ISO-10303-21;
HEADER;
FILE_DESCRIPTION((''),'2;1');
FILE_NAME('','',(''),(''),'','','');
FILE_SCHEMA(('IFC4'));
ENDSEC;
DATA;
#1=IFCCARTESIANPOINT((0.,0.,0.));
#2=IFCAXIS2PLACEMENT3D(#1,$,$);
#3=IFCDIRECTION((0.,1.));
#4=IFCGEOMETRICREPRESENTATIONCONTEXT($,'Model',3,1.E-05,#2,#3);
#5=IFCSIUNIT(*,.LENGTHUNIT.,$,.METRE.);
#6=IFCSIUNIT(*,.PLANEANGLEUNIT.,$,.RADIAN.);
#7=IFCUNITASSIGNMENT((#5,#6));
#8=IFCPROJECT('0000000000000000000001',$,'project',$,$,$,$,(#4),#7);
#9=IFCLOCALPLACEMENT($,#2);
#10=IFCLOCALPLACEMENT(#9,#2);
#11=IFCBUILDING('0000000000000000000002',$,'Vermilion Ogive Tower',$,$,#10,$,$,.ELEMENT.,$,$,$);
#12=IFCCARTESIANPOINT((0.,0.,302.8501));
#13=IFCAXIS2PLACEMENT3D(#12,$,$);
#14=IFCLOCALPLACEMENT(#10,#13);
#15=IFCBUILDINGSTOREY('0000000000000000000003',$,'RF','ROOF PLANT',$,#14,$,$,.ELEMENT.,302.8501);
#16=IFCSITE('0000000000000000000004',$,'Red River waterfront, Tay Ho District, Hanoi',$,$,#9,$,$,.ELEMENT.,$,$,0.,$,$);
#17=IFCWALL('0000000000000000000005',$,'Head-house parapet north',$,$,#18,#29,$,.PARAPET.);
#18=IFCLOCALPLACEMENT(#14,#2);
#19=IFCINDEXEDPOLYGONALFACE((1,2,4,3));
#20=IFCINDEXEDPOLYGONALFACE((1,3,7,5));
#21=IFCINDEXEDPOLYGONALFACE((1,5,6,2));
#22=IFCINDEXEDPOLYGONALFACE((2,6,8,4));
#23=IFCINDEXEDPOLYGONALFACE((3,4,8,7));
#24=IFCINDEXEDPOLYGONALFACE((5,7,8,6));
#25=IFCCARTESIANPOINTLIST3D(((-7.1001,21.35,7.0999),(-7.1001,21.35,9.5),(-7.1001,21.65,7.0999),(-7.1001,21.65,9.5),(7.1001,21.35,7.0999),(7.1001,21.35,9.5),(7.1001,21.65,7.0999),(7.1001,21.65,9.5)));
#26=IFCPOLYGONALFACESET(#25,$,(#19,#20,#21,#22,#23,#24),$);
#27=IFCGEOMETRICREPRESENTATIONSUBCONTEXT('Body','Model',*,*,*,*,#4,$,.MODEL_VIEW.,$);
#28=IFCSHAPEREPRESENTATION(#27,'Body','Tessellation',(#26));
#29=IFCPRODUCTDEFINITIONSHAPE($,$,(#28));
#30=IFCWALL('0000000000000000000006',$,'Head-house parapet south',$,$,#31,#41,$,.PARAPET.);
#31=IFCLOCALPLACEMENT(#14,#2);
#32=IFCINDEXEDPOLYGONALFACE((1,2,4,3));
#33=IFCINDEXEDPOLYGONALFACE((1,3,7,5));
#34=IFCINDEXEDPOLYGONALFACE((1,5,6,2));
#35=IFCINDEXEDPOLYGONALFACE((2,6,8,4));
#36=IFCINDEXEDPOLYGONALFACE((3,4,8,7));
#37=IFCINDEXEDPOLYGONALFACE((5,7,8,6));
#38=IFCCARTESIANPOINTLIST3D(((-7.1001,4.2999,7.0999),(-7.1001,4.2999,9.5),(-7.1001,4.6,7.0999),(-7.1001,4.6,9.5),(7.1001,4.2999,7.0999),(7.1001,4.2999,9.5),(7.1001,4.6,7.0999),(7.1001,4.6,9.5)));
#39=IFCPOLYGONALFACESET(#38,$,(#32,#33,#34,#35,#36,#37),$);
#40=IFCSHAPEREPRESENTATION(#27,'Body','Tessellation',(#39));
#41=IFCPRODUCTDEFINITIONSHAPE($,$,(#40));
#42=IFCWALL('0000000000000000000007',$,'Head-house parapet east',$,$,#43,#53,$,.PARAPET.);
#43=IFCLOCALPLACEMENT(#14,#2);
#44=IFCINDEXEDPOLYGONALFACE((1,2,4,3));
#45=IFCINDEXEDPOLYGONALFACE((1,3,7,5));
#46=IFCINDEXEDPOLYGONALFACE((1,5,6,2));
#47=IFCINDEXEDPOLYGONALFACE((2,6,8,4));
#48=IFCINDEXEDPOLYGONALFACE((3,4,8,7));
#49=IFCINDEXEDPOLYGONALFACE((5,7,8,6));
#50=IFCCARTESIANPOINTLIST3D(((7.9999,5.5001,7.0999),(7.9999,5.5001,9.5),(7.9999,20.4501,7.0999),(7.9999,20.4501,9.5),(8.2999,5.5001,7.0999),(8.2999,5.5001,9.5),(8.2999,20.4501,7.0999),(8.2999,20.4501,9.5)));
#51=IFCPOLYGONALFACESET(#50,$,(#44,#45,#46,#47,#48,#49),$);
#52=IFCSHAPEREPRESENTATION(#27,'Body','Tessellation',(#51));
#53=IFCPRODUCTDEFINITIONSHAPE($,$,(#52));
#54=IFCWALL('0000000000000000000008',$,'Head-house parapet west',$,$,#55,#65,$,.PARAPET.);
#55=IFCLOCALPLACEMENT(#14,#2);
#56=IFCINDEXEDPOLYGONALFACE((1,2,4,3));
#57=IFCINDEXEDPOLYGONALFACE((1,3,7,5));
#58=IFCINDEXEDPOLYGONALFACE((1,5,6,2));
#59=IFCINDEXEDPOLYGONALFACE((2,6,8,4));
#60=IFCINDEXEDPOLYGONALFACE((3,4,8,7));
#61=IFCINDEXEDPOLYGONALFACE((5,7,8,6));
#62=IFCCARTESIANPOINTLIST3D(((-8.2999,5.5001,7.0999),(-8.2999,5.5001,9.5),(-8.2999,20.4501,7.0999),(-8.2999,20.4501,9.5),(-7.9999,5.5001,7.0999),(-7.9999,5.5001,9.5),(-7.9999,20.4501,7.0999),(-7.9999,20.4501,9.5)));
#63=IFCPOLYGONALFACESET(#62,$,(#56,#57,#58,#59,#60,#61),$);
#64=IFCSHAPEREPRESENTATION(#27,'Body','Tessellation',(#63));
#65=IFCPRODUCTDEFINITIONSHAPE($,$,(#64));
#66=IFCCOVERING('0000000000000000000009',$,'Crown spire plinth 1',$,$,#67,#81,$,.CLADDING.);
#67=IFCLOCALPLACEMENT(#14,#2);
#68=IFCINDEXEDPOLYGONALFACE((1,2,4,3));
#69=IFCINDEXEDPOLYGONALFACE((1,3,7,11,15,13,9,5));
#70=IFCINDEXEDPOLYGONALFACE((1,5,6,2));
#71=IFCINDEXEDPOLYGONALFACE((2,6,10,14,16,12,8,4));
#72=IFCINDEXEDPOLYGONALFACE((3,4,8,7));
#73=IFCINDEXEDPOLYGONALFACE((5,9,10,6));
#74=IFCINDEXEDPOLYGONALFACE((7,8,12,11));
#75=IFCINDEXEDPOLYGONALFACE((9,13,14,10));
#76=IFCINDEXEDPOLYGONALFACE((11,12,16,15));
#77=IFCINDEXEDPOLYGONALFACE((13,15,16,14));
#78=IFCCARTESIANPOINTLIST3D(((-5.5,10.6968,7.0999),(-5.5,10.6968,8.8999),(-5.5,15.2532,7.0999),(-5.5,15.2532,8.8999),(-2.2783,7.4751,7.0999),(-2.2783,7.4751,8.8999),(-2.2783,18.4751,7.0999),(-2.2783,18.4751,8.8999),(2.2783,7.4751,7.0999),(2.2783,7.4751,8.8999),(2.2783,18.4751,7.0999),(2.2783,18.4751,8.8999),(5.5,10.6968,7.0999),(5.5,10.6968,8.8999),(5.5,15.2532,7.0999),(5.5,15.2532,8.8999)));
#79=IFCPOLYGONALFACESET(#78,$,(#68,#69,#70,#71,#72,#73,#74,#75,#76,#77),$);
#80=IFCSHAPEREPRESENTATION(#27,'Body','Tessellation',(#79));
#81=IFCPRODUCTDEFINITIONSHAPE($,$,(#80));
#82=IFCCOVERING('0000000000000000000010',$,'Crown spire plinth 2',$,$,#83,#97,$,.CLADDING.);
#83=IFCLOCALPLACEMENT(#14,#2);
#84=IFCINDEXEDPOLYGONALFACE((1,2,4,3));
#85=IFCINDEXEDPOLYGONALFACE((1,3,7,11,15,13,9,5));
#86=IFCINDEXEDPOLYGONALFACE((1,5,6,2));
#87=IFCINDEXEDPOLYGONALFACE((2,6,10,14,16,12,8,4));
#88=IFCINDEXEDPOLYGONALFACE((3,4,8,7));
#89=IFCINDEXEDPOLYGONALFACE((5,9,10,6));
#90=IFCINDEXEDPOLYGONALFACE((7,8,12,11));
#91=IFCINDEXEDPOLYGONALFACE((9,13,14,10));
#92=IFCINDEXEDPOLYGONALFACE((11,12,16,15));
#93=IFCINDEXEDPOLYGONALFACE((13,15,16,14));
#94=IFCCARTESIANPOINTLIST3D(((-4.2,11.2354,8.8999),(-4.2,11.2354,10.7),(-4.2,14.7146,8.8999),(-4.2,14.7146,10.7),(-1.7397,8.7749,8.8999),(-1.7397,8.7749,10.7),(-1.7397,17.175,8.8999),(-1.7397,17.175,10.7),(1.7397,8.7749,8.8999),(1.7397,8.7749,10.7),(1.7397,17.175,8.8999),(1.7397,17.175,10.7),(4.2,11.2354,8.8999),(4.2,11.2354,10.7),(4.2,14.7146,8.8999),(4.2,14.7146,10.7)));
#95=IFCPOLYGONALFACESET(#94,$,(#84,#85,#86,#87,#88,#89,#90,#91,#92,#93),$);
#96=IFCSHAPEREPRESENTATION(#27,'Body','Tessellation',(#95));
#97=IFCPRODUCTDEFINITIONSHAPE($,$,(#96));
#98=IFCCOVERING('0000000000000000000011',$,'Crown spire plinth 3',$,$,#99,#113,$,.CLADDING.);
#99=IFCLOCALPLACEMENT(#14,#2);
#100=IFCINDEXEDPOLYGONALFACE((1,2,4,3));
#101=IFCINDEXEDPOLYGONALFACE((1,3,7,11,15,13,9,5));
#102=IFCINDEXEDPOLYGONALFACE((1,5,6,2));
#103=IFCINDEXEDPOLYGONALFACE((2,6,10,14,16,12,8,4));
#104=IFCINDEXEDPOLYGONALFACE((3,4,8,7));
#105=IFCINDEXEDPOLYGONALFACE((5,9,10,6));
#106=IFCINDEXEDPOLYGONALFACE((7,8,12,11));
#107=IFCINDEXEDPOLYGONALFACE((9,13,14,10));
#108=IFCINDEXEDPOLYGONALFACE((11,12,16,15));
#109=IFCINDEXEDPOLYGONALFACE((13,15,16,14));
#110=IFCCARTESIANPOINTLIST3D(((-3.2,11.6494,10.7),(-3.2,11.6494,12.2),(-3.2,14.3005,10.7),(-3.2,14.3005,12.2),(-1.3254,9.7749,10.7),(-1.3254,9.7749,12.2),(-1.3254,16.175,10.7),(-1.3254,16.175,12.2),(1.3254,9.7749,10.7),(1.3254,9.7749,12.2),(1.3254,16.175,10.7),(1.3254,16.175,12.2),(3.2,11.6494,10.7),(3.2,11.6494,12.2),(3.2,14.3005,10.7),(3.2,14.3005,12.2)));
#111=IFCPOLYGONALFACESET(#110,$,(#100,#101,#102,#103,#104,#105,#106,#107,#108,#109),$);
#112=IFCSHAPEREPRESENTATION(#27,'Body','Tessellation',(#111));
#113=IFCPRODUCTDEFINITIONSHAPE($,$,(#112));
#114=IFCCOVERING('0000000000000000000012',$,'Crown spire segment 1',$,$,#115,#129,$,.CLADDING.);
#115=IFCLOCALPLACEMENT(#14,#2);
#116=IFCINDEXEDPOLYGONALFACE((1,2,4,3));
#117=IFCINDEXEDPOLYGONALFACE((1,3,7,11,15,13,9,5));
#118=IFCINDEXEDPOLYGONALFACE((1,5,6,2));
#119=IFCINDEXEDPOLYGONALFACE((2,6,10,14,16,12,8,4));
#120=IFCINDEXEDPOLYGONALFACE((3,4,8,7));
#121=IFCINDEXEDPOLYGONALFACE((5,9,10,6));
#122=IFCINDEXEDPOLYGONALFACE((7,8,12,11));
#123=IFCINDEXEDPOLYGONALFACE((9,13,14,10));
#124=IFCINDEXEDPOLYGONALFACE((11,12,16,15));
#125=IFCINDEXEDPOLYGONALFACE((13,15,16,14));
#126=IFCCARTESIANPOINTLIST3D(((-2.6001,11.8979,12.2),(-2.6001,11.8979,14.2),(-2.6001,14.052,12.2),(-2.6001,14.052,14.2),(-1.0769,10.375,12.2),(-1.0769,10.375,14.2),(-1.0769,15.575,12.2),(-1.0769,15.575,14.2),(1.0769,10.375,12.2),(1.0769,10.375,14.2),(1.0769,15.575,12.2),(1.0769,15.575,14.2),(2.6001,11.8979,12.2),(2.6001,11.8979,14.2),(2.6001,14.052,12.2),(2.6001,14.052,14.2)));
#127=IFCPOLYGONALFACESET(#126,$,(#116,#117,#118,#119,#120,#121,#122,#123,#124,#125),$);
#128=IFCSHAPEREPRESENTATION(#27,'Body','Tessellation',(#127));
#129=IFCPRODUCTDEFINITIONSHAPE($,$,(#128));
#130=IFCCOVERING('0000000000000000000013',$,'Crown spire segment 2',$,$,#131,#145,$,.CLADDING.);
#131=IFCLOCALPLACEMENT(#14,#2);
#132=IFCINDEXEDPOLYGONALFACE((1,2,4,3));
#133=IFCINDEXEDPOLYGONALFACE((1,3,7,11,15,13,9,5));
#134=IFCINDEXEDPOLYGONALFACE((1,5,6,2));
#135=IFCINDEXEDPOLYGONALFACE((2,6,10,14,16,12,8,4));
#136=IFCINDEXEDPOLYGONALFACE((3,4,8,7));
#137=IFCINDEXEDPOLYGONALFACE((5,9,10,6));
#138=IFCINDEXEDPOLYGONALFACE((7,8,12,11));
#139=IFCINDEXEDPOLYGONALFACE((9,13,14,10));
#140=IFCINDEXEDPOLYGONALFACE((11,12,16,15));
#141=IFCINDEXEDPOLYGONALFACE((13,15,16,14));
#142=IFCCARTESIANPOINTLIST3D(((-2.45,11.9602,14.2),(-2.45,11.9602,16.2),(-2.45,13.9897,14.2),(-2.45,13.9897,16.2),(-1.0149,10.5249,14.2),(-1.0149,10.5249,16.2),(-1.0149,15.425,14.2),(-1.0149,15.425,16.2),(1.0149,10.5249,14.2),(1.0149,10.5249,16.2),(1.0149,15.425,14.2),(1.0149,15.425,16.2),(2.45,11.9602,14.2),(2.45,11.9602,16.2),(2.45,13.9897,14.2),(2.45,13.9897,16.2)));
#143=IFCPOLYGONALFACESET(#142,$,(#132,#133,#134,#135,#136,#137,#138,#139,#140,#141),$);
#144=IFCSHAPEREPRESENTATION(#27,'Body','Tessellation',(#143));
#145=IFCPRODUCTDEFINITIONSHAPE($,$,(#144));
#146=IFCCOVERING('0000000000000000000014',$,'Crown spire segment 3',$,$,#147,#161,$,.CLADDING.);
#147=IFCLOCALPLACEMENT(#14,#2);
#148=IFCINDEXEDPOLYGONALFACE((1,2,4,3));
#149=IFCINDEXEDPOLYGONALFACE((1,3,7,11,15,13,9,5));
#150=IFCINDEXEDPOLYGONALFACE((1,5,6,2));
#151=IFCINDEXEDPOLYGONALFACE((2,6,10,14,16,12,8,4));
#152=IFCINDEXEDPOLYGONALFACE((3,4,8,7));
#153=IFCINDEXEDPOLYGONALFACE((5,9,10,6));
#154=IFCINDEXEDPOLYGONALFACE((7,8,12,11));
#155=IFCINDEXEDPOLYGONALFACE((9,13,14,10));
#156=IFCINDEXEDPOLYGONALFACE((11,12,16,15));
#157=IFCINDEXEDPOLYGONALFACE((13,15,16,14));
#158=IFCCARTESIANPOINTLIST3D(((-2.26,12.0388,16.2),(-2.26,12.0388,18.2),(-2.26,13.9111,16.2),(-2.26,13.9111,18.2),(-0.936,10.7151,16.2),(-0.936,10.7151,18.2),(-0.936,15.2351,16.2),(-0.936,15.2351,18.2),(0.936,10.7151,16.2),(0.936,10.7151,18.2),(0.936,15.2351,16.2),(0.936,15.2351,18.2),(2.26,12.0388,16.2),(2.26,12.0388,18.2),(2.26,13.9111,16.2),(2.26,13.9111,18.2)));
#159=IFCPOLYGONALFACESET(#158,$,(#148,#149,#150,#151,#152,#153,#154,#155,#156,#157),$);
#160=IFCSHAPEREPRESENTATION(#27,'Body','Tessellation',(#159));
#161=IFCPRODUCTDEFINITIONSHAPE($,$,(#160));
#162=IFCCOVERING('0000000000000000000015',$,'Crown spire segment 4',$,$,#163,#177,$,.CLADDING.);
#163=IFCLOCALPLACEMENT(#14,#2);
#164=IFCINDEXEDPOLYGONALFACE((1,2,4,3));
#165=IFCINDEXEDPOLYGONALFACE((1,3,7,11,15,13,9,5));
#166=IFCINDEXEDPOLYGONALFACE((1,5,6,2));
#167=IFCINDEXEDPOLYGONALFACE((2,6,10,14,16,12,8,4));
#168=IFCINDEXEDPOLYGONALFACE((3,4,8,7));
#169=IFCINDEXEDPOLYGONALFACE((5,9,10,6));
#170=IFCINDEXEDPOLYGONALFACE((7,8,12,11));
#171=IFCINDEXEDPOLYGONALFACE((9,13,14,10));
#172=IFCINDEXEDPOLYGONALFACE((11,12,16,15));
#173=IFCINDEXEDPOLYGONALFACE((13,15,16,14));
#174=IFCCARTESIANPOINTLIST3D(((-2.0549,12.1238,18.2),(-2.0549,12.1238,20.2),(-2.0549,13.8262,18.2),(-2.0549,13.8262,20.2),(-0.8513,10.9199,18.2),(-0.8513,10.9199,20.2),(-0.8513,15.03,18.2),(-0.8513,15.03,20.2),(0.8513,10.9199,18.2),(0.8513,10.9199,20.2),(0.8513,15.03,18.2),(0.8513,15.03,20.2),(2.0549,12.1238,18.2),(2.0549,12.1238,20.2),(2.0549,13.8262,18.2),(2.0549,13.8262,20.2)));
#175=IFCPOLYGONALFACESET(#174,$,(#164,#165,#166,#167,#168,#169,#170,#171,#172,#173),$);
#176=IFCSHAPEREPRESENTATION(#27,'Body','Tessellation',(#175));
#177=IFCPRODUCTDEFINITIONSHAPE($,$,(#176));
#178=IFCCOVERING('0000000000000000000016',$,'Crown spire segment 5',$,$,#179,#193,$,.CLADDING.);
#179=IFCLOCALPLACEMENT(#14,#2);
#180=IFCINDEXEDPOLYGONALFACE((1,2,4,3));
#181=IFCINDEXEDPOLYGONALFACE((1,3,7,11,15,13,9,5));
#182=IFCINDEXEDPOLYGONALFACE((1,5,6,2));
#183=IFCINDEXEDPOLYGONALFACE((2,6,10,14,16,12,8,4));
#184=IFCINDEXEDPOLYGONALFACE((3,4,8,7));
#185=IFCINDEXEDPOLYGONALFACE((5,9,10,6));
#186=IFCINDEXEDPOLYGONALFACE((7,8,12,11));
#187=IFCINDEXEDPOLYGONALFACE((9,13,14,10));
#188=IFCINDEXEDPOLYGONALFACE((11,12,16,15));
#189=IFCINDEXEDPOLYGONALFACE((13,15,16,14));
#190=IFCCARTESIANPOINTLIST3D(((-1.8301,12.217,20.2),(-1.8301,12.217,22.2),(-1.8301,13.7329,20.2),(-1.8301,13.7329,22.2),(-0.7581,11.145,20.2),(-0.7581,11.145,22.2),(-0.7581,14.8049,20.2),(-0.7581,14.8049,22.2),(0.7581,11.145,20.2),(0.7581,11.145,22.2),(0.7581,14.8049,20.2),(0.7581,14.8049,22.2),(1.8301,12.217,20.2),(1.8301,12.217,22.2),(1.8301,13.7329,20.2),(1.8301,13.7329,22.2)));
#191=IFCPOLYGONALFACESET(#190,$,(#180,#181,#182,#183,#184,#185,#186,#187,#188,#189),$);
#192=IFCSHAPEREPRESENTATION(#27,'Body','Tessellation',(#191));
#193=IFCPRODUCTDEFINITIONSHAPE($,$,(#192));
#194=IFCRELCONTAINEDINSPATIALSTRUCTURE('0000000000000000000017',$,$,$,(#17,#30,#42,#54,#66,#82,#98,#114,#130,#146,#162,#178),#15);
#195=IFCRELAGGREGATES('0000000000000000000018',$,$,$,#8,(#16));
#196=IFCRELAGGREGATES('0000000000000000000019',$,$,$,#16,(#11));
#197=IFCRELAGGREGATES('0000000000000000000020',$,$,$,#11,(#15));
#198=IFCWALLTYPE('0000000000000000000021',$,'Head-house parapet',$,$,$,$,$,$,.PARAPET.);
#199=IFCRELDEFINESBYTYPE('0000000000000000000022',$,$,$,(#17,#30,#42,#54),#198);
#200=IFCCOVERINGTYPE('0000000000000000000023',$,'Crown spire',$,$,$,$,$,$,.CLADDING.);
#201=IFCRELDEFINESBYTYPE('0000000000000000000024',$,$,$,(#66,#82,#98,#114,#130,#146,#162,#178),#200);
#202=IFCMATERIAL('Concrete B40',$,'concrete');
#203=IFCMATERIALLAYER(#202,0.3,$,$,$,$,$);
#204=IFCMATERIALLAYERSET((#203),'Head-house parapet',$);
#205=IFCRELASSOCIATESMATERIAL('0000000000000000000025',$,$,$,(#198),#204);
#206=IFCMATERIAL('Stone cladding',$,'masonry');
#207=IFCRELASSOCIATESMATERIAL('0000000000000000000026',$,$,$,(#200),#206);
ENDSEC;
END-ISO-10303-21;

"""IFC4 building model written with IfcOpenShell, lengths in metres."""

from ifc_helpers import new_model, si_unit, direction, frame, frame_2d, origin, place, context, subcontext, project, spatial, polyline, rectangle, outline, extrude, material, layer, layer_set, type_object, element, save


model = new_model("IFC4")

# Units and contexts
model_context = context("Model", 3, precision=1e-05, world=origin(), true_north=direction((0.0, 1.0)))
body_context = subcontext(model_context, "Body", "Model", "MODEL_VIEW")
ifc_project = project(units=[si_unit("LENGTHUNIT", "METRE"), si_unit("PLANEANGLEUNIT", "RADIAN")], contexts=[model_context])

# Site, building, storey
site_placement = place(None, origin())
site = spatial("IfcSite", under=ifc_project, at=site_placement, Name="Red River waterfront, Tay Ho District, Hanoi", CompositionType="ELEMENT", RefElevation=0.0)
building_placement = place(site_placement, origin())
building = spatial("IfcBuilding", under=site, at=building_placement, Name="Vermilion Ogive Tower", CompositionType="ELEMENT")
storey_placement = place(building_placement, frame((0.0, 0.0, 302.8501)))
storey = spatial("IfcBuildingStorey", under=building, at=storey_placement, Name="RF", Description="ROOF PLANT", CompositionType="ELEMENT", Elevation=302.8501)

# Walls
ifc_material_1 = material(Name="Concrete B40", Category="concrete")
ifc_layer = layer(ifc_material_1, 0.3)
ifc_layer_set = layer_set([ifc_layer], Name="Head-house parapet")
wall_type = type_object("IfcWallType", Name="Head-house parapet", PredefinedType="PARAPET", material=ifc_layer_set)
for number, where, z_axis, x_axis, name in (
    (1, (-7.1001, 21.5, 7.0999), (0.0, 0.0, 1.0), (1.0, 0.0, 0.0), "Head-house parapet north"),
    (2, (-7.1001, 4.45, 7.0999), (0.0, 0.0, 1.0), (1.0, 0.0, 0.0), "Head-house parapet south"),
):
    element("IfcWall", number, at=place(storey_placement, frame(where, z_axis=z_axis, x_axis=x_axis)), inside=storey, type_object=wall_type, Name=name, PredefinedType="PARAPET", context=body_context, shape_type="SweptSolid", body=[
        extrude(rectangle(XDim=14.2002, YDim=0.3, at=frame_2d((7.1001, 0.0))), origin(), (0.0, 0.0, 1.0), 2.4001),
    ])
for number, where, z_axis, x_axis, name in (
    (3, (8.1499, 5.5, 7.0999), (0.0, 0.0, 1.0), (0.0, 1.0, 0.0), "Head-house parapet east"),
    (4, (-8.1499, 5.5, 7.0999), (0.0, 0.0, 1.0), (0.0, 1.0, 0.0), "Head-house parapet west"),
):
    element("IfcWall", number, at=place(storey_placement, frame(where, z_axis=z_axis, x_axis=x_axis)), inside=storey, type_object=wall_type, Name=name, PredefinedType="PARAPET", context=body_context, shape_type="SweptSolid", body=[
        extrude(rectangle(XDim=14.95, YDim=0.3, at=frame_2d((7.4751, 0.0))), origin(), (0.0, 0.0, 1.0), 2.4001),
    ])

# Coverings
ifc_material_2 = material(Name="Stone cladding", Category="masonry")
covering_type_1 = type_object("IfcCoveringType", Name="Crown spire", PredefinedType="CLADDING", material=ifc_material_2)
covering_1_placement = place(storey_placement, frame((0.0, 0.0, 7.0999)))
element("IfcCovering", 5, at=covering_1_placement, inside=storey, type_object=covering_type_1, Name="Crown spire plinth 1", PredefinedType="CLADDING", context=body_context, shape_type="SweptSolid", body=[
    extrude(outline(polyline([(5.5, 15.2532), (2.2783, 18.4751), (-2.2783, 18.4751), (-5.5, 15.2532), (-5.5, 10.6968), (-2.2783, 7.4751), (2.2783, 7.4751), (5.5, 10.6968), (5.5, 15.2532)])), origin(), (0.0, 0.0, 1.0), 1.8),
])
covering_2_placement = place(storey_placement, frame((0.0, 0.0, 8.8999)))
element("IfcCovering", 6, at=covering_2_placement, inside=storey, type_object=covering_type_1, Name="Crown spire plinth 2", PredefinedType="CLADDING", context=body_context, shape_type="SweptSolid", body=[
    extrude(outline(polyline([(4.2, 14.7146), (1.7397, 17.175), (-1.7397, 17.175), (-4.2, 14.7146), (-4.2, 11.2354), (-1.7397, 8.7749), (1.7397, 8.7749), (4.2, 11.2354), (4.2, 14.7146)])), origin(), (0.0, 0.0, 1.0), 1.8),
])
covering_3_placement = place(storey_placement, frame((0.0, 0.0, 10.7)))
element("IfcCovering", 7, at=covering_3_placement, inside=storey, type_object=covering_type_1, Name="Crown spire plinth 3", PredefinedType="CLADDING", context=body_context, shape_type="SweptSolid", body=[
    extrude(outline(polyline([(3.2, 14.3005), (1.3254, 16.175), (-1.3254, 16.175), (-3.2, 14.3005), (-3.2, 11.6494), (-1.3254, 9.7749), (1.3254, 9.7749), (3.2, 11.6494), (3.2, 14.3005)])), origin(), (0.0, 0.0, 1.0), 1.5),
])
covering_4_placement = place(storey_placement, frame((0.0, 0.0, 12.2)))
element("IfcCovering", 8, at=covering_4_placement, inside=storey, type_object=covering_type_1, Name="Crown spire segment 1", PredefinedType="CLADDING", context=body_context, shape_type="SweptSolid", body=[
    extrude(outline(polyline([(2.6001, 14.052), (1.0769, 15.575), (-1.0769, 15.575), (-2.6001, 14.052), (-2.6001, 11.8979), (-1.0769, 10.375), (1.0769, 10.375), (2.6001, 11.8979), (2.6001, 14.052)])), origin(), (0.0, 0.0, 1.0), 2.0),
])
covering_5_placement = place(storey_placement, frame((0.0, 0.0, 14.2)))
element("IfcCovering", 9, at=covering_5_placement, inside=storey, type_object=covering_type_1, Name="Crown spire segment 2", PredefinedType="CLADDING", context=body_context, shape_type="SweptSolid", body=[
    extrude(outline(polyline([(2.45, 13.9897), (1.0149, 15.425), (-1.0149, 15.425), (-2.45, 13.9897), (-2.45, 11.9602), (-1.0149, 10.5249), (1.0149, 10.5249), (2.45, 11.9602), (2.45, 13.9897)])), origin(), (0.0, 0.0, 1.0), 2.0),
])
covering_6_placement = place(storey_placement, frame((0.0, 0.0, 16.2)))
element("IfcCovering", 10, at=covering_6_placement, inside=storey, type_object=covering_type_1, Name="Crown spire segment 3", PredefinedType="CLADDING", context=body_context, shape_type="SweptSolid", body=[
    extrude(outline(polyline([(2.26, 13.9111), (0.936, 15.2351), (-0.936, 15.2351), (-2.26, 13.9111), (-2.26, 12.0388), (-0.936, 10.7151), (0.936, 10.7151), (2.26, 12.0388), (2.26, 13.9111)])), origin(), (0.0, 0.0, 1.0), 2.0),
])
covering_7_placement = place(storey_placement, frame((0.0, 0.0, 18.2)))
element("IfcCovering", 11, at=covering_7_placement, inside=storey, type_object=covering_type_1, Name="Crown spire segment 4", PredefinedType="CLADDING", context=body_context, shape_type="SweptSolid", body=[
    extrude(outline(polyline([(2.0549, 13.8262), (0.8513, 15.03), (-0.8513, 15.03), (-2.0549, 13.8262), (-2.0549, 12.1238), (-0.8513, 10.9199), (0.8513, 10.9199), (2.0549, 12.1238), (2.0549, 13.8262)])), origin(), (0.0, 0.0, 1.0), 2.0),
])
covering_8_placement = place(storey_placement, frame((0.0, 0.0, 20.2)))
element("IfcCovering", 12, at=covering_8_placement, inside=storey, type_object=covering_type_1, Name="Crown spire segment 5", PredefinedType="CLADDING", context=body_context, shape_type="SweptSolid", body=[
    extrude(outline(polyline([(1.8301, 13.7329), (0.7581, 14.8049), (-0.7581, 14.8049), (-1.8301, 13.7329), (-1.8301, 12.217), (-0.7581, 11.145), (0.7581, 11.145), (1.8301, 12.217), (1.8301, 13.7329)])), origin(), (0.0, 0.0, 1.0), 2.0),
])

save(model, "model.ifc")
